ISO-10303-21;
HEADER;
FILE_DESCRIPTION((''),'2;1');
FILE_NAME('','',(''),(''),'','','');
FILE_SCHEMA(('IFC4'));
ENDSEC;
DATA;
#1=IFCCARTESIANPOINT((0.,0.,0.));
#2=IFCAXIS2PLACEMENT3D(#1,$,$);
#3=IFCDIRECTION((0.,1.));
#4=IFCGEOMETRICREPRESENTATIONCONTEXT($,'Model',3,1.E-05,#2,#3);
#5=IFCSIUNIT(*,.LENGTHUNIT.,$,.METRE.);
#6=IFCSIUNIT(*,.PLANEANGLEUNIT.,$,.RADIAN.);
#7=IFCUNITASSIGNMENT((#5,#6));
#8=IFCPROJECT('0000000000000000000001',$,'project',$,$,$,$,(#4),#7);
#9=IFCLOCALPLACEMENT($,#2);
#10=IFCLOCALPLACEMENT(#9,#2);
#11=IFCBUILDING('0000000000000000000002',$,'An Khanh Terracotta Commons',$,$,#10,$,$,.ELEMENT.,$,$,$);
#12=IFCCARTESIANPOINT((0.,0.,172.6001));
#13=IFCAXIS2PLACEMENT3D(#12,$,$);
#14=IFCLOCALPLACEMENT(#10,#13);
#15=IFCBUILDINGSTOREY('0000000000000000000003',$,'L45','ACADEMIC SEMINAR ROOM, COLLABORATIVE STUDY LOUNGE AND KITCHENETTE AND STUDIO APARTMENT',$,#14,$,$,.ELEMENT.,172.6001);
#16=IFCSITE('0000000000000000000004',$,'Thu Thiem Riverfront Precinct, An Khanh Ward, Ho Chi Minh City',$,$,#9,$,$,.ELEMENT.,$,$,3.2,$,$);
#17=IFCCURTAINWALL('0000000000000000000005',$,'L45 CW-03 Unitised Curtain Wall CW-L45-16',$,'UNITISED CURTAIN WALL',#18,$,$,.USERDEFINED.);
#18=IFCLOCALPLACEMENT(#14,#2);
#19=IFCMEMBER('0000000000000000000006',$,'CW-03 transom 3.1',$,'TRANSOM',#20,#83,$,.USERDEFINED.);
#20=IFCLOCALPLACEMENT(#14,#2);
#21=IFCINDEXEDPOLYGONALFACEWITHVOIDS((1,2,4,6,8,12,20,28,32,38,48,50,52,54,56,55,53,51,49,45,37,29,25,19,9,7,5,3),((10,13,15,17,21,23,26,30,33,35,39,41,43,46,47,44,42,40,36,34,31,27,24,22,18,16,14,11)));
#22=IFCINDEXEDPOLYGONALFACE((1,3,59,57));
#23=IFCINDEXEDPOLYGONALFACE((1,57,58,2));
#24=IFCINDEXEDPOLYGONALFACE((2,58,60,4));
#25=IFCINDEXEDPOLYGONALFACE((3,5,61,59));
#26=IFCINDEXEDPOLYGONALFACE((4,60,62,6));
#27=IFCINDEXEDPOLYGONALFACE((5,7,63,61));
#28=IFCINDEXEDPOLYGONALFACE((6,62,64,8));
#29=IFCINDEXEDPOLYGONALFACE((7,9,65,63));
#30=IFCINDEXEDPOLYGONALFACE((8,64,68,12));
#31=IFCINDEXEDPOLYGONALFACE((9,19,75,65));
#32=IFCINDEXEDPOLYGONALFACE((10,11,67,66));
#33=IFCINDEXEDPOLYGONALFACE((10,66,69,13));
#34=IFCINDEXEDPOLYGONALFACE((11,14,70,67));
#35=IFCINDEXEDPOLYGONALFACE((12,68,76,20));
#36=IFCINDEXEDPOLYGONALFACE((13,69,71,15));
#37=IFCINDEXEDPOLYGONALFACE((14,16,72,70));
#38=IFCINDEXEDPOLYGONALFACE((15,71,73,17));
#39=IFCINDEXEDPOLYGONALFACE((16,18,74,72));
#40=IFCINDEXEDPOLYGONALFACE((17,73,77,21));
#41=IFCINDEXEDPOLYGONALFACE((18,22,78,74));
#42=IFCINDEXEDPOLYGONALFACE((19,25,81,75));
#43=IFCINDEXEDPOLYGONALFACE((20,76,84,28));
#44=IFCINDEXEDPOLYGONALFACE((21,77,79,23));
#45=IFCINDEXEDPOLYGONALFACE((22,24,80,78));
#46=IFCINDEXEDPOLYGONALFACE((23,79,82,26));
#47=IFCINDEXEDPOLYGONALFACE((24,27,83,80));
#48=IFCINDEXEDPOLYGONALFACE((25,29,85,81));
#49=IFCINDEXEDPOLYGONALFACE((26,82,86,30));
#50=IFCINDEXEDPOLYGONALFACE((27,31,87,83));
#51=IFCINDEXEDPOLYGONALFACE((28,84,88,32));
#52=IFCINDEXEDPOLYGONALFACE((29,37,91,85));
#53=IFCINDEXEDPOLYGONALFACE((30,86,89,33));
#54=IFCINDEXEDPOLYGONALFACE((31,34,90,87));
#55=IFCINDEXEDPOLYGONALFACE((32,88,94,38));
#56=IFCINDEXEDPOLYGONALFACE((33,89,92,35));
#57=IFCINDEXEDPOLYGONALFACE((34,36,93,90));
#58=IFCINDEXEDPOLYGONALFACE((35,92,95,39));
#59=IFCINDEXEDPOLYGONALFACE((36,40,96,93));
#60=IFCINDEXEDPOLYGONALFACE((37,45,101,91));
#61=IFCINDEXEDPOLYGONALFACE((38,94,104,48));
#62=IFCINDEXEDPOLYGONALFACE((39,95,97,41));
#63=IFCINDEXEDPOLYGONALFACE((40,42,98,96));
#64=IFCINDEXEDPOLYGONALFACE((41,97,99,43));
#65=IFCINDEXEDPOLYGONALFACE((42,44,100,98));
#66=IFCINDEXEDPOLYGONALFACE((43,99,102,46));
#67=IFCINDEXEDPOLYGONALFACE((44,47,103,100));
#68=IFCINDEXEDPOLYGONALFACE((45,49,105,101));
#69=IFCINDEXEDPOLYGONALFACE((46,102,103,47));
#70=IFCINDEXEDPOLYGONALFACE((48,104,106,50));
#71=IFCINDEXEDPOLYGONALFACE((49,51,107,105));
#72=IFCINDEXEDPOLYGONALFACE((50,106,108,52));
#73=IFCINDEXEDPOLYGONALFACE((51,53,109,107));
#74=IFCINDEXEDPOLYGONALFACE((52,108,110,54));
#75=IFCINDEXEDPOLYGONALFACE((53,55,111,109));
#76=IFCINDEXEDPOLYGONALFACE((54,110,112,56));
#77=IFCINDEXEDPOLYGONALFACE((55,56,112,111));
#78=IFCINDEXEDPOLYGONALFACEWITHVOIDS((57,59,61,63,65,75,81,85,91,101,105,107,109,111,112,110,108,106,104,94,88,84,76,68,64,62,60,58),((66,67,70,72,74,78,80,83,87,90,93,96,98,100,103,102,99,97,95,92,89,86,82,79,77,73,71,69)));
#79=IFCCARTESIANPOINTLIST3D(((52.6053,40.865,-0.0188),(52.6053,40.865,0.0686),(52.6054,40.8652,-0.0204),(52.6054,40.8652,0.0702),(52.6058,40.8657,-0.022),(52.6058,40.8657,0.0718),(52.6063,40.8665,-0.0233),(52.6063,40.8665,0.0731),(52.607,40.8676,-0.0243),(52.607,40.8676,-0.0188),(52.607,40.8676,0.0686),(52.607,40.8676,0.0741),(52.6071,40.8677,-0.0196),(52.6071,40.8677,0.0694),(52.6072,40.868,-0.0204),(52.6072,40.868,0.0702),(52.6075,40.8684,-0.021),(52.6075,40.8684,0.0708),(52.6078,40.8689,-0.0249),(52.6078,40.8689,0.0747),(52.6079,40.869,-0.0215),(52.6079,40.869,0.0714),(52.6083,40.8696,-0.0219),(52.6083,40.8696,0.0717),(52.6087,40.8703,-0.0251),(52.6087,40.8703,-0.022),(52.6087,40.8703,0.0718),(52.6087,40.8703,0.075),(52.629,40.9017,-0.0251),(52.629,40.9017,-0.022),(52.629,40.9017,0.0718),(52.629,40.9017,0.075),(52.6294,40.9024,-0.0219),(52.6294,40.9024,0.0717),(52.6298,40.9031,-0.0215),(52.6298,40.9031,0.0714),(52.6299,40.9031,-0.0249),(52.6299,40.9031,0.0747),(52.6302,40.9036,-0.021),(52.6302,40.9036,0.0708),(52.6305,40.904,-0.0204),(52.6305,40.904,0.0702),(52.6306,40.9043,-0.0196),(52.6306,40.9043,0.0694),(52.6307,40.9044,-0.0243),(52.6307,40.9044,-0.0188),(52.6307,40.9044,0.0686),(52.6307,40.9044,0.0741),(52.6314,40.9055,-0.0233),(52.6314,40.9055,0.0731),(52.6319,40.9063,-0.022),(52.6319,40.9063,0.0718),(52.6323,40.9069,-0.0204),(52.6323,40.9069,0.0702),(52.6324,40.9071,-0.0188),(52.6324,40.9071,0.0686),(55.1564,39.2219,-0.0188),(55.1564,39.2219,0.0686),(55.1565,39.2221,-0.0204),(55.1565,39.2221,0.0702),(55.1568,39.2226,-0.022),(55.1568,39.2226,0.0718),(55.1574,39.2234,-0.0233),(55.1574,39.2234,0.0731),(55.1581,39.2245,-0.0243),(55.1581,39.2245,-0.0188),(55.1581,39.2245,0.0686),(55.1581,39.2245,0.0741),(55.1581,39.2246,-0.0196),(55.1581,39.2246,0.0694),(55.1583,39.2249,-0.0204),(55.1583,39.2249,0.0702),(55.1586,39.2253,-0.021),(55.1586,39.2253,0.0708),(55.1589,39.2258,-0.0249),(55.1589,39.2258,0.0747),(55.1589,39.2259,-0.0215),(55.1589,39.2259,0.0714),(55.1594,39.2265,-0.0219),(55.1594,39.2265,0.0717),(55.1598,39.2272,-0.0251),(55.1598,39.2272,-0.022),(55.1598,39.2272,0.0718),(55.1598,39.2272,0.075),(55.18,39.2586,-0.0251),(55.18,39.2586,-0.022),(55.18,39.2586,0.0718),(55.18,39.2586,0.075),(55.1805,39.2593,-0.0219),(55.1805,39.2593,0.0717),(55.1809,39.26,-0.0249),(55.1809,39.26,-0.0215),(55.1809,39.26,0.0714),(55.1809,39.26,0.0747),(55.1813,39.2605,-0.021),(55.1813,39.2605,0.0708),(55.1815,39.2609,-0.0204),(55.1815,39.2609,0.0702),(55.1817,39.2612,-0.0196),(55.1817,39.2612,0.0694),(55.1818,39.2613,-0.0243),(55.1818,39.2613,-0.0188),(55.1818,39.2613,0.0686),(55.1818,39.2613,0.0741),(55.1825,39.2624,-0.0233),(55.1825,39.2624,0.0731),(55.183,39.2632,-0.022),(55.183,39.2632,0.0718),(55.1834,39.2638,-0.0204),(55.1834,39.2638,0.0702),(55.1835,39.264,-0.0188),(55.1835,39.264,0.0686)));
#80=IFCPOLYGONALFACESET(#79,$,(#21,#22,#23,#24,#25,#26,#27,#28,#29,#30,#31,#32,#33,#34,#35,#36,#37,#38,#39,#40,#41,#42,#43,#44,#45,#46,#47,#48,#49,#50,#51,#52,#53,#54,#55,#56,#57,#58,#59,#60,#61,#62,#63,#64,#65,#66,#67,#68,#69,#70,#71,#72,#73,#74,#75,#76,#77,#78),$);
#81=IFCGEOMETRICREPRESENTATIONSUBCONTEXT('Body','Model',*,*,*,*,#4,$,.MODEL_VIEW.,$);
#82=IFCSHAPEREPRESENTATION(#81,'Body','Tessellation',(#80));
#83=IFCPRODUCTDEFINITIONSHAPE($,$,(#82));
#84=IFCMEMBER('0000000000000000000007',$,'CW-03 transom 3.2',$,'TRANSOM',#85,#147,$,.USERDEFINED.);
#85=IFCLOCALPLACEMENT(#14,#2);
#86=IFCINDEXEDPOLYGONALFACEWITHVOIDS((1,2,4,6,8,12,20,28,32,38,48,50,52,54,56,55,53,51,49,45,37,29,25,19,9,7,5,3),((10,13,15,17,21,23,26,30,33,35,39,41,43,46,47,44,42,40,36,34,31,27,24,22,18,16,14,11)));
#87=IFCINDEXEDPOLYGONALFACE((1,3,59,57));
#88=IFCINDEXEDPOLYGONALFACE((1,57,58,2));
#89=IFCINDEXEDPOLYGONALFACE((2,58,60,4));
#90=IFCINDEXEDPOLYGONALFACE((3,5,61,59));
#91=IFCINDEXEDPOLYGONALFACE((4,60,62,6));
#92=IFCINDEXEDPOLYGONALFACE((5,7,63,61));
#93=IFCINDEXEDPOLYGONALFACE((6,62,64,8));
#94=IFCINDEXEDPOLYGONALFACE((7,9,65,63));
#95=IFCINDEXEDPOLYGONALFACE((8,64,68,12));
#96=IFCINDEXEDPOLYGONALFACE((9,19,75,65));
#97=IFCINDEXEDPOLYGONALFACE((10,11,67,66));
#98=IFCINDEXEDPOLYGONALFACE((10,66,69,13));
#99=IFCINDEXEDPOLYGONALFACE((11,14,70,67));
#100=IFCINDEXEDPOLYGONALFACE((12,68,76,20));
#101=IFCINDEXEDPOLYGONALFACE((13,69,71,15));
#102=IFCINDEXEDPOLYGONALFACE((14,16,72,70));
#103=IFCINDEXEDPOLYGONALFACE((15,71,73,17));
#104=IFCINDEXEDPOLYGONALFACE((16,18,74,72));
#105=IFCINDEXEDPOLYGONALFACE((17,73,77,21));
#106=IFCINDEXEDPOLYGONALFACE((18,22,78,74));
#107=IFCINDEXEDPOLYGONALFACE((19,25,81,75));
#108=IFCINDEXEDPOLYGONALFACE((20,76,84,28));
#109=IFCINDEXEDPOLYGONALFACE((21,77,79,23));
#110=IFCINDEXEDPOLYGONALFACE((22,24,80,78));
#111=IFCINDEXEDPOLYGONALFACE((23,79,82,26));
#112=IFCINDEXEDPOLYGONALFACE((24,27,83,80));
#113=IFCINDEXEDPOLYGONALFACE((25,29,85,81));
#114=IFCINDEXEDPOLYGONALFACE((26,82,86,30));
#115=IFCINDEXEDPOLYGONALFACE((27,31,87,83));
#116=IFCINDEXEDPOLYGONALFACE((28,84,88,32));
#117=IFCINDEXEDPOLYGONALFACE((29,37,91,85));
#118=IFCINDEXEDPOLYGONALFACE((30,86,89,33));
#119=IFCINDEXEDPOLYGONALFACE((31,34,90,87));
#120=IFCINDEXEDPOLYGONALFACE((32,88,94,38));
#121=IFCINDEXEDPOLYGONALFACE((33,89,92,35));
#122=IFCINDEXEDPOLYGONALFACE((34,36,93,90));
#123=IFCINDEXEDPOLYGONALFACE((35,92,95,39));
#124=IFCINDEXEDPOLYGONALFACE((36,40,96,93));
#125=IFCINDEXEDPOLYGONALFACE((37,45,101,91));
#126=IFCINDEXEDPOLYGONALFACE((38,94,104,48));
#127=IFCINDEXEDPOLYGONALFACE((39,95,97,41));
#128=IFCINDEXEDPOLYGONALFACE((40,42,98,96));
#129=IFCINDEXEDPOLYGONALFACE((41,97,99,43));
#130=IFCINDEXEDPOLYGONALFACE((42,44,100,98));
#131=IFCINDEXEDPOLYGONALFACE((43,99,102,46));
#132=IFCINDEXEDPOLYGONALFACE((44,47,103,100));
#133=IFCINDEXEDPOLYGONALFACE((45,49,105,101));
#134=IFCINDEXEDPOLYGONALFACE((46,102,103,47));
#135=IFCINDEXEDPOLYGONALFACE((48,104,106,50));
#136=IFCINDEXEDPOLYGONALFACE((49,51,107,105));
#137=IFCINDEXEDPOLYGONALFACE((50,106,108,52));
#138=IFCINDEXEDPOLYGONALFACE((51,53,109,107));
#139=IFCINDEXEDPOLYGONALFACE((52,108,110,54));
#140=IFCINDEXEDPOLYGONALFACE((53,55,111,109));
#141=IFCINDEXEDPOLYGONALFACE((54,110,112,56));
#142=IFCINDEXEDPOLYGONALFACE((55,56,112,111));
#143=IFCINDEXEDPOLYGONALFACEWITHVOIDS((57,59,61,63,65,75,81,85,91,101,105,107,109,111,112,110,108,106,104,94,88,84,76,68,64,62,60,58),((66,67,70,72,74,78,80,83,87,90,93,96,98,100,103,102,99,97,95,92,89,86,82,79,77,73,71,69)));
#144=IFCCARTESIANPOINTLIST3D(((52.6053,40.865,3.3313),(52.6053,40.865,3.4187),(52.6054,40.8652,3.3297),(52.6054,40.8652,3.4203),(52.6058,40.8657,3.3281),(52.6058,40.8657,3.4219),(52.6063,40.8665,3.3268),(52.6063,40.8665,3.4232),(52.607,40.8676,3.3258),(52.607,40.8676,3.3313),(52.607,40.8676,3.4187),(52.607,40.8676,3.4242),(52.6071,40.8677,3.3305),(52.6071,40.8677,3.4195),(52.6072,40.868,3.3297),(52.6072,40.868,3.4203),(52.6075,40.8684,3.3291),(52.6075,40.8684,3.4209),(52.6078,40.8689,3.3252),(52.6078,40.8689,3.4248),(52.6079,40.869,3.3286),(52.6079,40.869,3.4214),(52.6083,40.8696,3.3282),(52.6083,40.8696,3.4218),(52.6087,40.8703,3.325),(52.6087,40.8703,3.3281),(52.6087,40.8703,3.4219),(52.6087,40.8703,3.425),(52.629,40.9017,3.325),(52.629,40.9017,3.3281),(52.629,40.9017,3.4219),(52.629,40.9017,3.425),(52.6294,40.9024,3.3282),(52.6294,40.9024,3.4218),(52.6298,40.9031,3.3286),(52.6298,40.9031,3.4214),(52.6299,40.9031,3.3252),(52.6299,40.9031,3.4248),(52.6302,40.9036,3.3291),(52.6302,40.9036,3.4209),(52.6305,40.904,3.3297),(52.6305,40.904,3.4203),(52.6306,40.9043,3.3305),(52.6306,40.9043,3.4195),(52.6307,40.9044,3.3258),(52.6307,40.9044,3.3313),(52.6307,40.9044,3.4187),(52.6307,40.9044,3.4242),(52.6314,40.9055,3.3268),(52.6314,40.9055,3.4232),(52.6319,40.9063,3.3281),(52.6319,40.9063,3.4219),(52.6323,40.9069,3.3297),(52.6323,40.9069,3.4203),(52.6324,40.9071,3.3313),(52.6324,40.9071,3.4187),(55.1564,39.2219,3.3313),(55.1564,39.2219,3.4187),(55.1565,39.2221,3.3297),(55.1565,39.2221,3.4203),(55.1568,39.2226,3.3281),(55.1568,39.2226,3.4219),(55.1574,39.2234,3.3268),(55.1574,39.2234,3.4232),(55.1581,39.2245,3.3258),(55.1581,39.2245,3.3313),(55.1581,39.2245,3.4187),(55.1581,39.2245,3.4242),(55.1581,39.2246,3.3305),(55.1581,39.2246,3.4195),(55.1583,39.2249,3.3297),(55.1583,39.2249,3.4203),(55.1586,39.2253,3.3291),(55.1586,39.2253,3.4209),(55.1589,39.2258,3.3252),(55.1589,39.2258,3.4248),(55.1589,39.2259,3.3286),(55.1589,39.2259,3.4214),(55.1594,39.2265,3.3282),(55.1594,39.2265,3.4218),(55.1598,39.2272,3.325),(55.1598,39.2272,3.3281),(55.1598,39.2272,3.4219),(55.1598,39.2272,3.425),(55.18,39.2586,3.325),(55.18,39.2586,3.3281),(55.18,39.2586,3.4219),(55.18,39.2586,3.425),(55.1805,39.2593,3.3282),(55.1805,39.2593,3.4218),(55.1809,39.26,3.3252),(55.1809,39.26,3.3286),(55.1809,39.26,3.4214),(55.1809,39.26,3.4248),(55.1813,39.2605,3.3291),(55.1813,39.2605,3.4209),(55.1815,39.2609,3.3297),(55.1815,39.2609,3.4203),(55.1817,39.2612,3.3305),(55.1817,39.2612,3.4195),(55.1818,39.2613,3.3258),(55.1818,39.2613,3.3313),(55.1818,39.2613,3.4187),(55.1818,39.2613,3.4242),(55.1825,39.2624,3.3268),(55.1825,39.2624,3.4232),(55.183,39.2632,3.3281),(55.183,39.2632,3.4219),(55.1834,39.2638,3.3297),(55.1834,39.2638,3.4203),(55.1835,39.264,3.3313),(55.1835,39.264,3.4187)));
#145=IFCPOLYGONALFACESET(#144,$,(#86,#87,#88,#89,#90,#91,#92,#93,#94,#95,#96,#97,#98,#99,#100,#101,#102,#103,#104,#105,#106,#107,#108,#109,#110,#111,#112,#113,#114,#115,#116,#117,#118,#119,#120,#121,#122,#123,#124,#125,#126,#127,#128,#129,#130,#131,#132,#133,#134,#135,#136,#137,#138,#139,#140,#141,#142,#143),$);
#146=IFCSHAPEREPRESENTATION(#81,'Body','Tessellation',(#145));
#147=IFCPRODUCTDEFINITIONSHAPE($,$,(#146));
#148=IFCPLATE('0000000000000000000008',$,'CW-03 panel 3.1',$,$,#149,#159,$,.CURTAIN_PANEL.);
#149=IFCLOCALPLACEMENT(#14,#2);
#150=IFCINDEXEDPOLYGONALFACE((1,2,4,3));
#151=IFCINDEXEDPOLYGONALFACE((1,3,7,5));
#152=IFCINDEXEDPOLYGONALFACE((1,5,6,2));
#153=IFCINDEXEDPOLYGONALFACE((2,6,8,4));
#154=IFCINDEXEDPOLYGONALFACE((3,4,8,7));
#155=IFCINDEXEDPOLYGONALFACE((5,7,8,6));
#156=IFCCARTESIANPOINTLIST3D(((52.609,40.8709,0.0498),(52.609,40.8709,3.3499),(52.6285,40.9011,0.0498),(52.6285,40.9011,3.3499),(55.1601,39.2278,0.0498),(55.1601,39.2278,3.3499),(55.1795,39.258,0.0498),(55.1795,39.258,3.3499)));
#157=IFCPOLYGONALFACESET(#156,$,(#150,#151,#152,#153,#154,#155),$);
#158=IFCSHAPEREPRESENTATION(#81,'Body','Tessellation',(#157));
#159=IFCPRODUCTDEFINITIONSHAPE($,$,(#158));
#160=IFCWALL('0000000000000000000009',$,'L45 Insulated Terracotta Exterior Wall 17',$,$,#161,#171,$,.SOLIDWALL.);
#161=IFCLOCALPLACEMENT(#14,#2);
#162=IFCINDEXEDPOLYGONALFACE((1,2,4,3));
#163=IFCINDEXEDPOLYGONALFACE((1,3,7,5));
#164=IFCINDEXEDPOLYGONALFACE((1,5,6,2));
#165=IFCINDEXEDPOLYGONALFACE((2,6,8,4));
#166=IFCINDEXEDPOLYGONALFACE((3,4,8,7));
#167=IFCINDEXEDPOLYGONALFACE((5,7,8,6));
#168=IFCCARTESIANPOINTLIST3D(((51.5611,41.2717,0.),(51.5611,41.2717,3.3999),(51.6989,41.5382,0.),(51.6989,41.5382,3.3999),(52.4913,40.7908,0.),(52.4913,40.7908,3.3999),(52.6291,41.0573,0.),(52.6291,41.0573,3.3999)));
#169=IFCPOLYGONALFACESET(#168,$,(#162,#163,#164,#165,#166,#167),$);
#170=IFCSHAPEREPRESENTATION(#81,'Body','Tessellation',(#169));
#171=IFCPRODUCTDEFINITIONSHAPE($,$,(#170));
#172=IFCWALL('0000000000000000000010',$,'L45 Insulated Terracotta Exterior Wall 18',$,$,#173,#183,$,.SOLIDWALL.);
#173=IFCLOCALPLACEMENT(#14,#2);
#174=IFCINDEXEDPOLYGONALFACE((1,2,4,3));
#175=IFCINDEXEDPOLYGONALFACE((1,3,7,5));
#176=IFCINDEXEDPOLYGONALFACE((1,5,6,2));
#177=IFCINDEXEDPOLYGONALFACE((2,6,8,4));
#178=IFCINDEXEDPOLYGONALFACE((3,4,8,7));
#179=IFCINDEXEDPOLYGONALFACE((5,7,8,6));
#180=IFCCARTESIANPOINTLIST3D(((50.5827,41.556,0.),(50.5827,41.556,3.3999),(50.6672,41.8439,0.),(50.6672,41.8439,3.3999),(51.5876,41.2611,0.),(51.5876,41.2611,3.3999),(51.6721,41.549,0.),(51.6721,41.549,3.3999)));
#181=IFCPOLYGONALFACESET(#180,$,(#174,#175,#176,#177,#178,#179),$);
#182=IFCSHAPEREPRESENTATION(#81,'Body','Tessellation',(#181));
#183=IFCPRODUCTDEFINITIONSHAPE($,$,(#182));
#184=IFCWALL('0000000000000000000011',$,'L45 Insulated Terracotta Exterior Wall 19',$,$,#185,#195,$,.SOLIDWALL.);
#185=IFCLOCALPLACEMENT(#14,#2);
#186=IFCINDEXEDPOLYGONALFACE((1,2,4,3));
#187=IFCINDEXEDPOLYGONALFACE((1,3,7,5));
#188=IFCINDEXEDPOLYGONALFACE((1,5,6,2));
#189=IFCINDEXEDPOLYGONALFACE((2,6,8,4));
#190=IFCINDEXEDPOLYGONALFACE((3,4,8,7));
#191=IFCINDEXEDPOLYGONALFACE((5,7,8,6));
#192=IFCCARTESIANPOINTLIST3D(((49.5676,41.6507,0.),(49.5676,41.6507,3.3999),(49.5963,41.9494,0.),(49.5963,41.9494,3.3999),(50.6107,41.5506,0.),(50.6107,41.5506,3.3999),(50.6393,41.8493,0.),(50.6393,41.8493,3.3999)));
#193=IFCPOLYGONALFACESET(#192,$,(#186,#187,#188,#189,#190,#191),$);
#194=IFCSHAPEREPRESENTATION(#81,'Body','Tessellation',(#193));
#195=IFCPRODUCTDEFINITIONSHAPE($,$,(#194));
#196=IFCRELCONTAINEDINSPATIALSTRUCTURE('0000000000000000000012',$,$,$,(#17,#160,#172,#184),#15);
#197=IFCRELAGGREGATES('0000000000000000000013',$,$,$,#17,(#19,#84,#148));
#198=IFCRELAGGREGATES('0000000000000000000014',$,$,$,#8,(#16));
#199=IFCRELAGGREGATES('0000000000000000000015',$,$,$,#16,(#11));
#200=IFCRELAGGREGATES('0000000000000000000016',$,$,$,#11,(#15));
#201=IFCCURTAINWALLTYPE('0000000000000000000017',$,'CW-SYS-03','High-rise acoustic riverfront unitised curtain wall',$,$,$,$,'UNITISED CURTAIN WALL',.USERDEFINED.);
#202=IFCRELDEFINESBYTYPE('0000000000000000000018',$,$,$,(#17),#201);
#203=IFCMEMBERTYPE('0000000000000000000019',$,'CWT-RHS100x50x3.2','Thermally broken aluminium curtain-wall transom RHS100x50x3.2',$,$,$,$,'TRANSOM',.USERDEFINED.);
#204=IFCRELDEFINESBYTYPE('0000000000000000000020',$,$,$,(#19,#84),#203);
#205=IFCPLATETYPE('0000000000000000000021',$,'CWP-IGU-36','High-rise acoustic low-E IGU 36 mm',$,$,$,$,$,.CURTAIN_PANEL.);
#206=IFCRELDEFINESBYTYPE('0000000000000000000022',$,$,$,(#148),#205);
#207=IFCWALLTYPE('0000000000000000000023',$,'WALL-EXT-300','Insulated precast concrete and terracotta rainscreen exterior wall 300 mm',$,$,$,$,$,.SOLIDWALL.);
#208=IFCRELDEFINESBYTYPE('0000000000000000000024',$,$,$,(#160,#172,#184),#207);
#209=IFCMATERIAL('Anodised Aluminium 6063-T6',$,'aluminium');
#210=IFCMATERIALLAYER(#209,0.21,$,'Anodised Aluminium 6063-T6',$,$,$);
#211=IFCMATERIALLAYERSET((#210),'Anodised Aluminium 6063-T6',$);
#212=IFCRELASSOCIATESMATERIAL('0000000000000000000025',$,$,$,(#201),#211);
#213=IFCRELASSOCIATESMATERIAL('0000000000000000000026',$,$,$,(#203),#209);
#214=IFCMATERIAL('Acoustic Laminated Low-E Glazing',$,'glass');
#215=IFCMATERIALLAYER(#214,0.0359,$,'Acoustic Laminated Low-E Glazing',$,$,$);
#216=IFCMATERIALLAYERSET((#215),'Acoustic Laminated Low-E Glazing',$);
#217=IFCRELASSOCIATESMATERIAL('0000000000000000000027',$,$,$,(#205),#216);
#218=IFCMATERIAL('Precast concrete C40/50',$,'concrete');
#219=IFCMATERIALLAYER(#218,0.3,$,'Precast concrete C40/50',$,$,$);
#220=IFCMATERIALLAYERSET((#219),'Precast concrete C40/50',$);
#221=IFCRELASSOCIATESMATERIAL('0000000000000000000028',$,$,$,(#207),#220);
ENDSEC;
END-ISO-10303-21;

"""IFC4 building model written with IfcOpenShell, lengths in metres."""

from ifc_helpers import new_model, si_unit, direction, frame, frame_2d, origin, origin_2d, place, context, subcontext, project, spatial, rectangle, hollow_rectangle, extrude, material, layer, layer_set, material_profile, profile_set, type_object, element, aggregate, save


model = new_model("IFC4")

# Units and contexts
model_context = context("Model", 3, precision=1e-05, world=origin(), true_north=direction((0.0, 1.0)))
body_context = subcontext(model_context, "Body", "Model", "MODEL_VIEW")
ifc_project = project(units=[si_unit("LENGTHUNIT", "METRE"), si_unit("PLANEANGLEUNIT", "RADIAN")], contexts=[model_context])

# Site, building, storey
site_placement = place(None, origin())
site = spatial("IfcSite", under=ifc_project, at=site_placement, Name="Thu Thiem Riverfront Precinct, An Khanh Ward, Ho Chi Minh City", CompositionType="ELEMENT", RefElevation=3.2)
building_placement = place(site_placement, origin())
building = spatial("IfcBuilding", under=site, at=building_placement, Name="An Khanh Terracotta Commons", CompositionType="ELEMENT")
storey_placement = place(building_placement, frame((0.0, 0.0, 172.6001)))
storey = spatial("IfcBuildingStorey", under=building, at=storey_placement, Name="L45", Description="ACADEMIC SEMINAR ROOM, COLLABORATIVE STUDY LOUNGE AND KITCHENETTE AND STUDIO APARTMENT", CompositionType="ELEMENT", Elevation=172.6001)

# Curtain wall, members, plate
ifc_material_1 = material(Name="Anodised Aluminium 6063-T6", Category="aluminium")
ifc_layer_1 = layer(ifc_material_1, 0.21, Name="Anodised Aluminium 6063-T6")
ifc_layer_set_1 = layer_set([ifc_layer_1], Name="Anodised Aluminium 6063-T6")
curtain_wall_type = type_object("IfcCurtainWallType", Name="CW-SYS-03", Description="High-rise acoustic riverfront unitised curtain wall", ElementType="UNITISED CURTAIN WALL", PredefinedType="USERDEFINED", material=ifc_layer_set_1)
curtain_wall_placement = place(storey_placement, origin())
curtain_wall = element("IfcCurtainWall", 1, at=curtain_wall_placement, inside=storey, type_object=curtain_wall_type, Name="L45 CW-03 Unitised Curtain Wall CW-L45-16", ObjectType="UNITISED CURTAIN WALL", PredefinedType="USERDEFINED")
ifc_material_profile_1 = material_profile(ifc_material_1, hollow_rectangle(XDim=0.05, YDim=0.1001, WallThickness=0.0032, InnerFilletRadius=0.0032, OuterFilletRadius=0.0063, at=origin_2d()), Name="RHS100x50x3.2")
ifc_profile_set_1 = profile_set([ifc_material_profile_1], Name="Anodised Aluminium 6063-T6")
member_type_1 = type_object("IfcMemberType", Name="CWT-RHS100x50x3.2", Description="Thermally broken aluminium curtain-wall transom RHS100x50x3.2", ElementType="TRANSOM", PredefinedType="USERDEFINED", material=ifc_profile_set_1)
member_1_placement = place(storey_placement, frame((55.1699, 39.2429, 0.0249), z_axis=(-0.84071, 0.541485, 0.0), x_axis=(-0.541485, -0.84071, 0.0)))
member_1 = element("IfcMember", 2, at=member_1_placement, type_object=member_type_1, Name="CW-03 transom 3.1", ObjectType="TRANSOM", PredefinedType="USERDEFINED", context=body_context, shape_type="SweptSolid", body=[
    extrude(hollow_rectangle(XDim=0.05, YDim=0.1001, WallThickness=0.0032, InnerFilletRadius=0.0032, OuterFilletRadius=0.0063, at=origin_2d()), origin(), (0.0, 0.0, 1.0), 3.0344),
])
member_2_placement = place(storey_placement, frame((55.1699, 39.2429, 3.375), z_axis=(-0.84071, 0.541485, 0.0), x_axis=(-0.541485, -0.84071, 0.0)))
member_2 = element("IfcMember", 3, at=member_2_placement, type_object=member_type_1, Name="CW-03 transom 3.2", ObjectType="TRANSOM", PredefinedType="USERDEFINED", context=body_context, shape_type="SweptSolid", body=[
    extrude(hollow_rectangle(XDim=0.05, YDim=0.1001, WallThickness=0.0032, InnerFilletRadius=0.0032, OuterFilletRadius=0.0063, at=origin_2d()), origin(), (0.0, 0.0, 1.0), 3.0344),
])
ifc_material_2 = material(Name="Acoustic Laminated Low-E Glazing", Category="glass")
ifc_layer_2 = layer(ifc_material_2, 0.0359, Name="Acoustic Laminated Low-E Glazing")
ifc_layer_set_2 = layer_set([ifc_layer_2], Name="Acoustic Laminated Low-E Glazing")
plate_type = type_object("IfcPlateType", Name="CWP-IGU-36", Description="High-rise acoustic low-E IGU 36 mm", PredefinedType="CURTAIN_PANEL", material=ifc_layer_set_2)
plate_placement = place(storey_placement, frame((53.8943, 40.0645, 0.0498), z_axis=(0.0, 0.0, 1.0), x_axis=(-0.840702, 0.541498, 0.0)))
plate = element("IfcPlate", 4, at=plate_placement, type_object=plate_type, Name="CW-03 panel 3.1", PredefinedType="CURTAIN_PANEL", context=body_context, shape_type="SweptSolid", body=[
    extrude(rectangle(XDim=3.0344, YDim=0.0359, at=origin_2d()), origin(), (0.0, 0.0, 1.0), 3.3),
])
aggregate(curtain_wall, [member_1, member_2, plate])

# Walls
ifc_material_3 = material(Name="Precast concrete C40/50", Category="concrete")
ifc_layer_3 = layer(ifc_material_3, 0.3, Name="Precast concrete C40/50")
ifc_layer_set_3 = layer_set([ifc_layer_3], Name="Precast concrete C40/50")
wall_type_1 = type_object("IfcWallType", Name="WALL-EXT-300", Description="Insulated precast concrete and terracotta rainscreen exterior wall 300 mm", PredefinedType="SOLIDWALL", material=ifc_layer_set_3)
wall_1_placement = place(storey_placement, frame((52.5601, 40.9241, 0.0), z_axis=(0.0, 0.0, 1.0), x_axis=(-0.888283, 0.459296, 0.0)))
element("IfcWall", 5, at=wall_1_placement, inside=storey, type_object=wall_type_1, Name="L45 Insulated Terracotta Exterior Wall 17", PredefinedType="SOLIDWALL", context=body_context, shape_type="SweptSolid", body=[
    extrude(rectangle(XDim=1.0471, YDim=0.3, at=frame_2d((0.5234, 0.0))), origin(), (0.0, 0.0, 1.0), 3.3999),
])
wall_2_placement = place(storey_placement, frame((51.6299, 41.405, 0.0), z_axis=(0.0, 0.0, 1.0), x_axis=(-0.959529, 0.281611, 0.0)))
element("IfcWall", 6, at=wall_2_placement, inside=storey, type_object=wall_type_1, Name="L45 Insulated Terracotta Exterior Wall 18", PredefinedType="SOLIDWALL", context=body_context, shape_type="SweptSolid", body=[
    extrude(rectangle(XDim=1.0474, YDim=0.3, at=frame_2d((0.5237, 0.0))), origin(), (0.0, 0.0, 1.0), 3.3999),
])
wall_3_placement = place(storey_placement, frame((50.625, 41.7, 0.0), z_axis=(0.0, 0.0, 1.0), x_axis=(-0.995426, 0.095535, 0.0)))
element("IfcWall", 7, at=wall_3_placement, inside=storey, type_object=wall_type_1, Name="L45 Insulated Terracotta Exterior Wall 19", PredefinedType="SOLIDWALL", context=body_context, shape_type="SweptSolid", body=[
    extrude(rectangle(XDim=1.0479, YDim=0.3, at=frame_2d((0.5239, 0.0))), origin(), (0.0, 0.0, 1.0), 3.3999),
])

save(model, "model.ifc")
